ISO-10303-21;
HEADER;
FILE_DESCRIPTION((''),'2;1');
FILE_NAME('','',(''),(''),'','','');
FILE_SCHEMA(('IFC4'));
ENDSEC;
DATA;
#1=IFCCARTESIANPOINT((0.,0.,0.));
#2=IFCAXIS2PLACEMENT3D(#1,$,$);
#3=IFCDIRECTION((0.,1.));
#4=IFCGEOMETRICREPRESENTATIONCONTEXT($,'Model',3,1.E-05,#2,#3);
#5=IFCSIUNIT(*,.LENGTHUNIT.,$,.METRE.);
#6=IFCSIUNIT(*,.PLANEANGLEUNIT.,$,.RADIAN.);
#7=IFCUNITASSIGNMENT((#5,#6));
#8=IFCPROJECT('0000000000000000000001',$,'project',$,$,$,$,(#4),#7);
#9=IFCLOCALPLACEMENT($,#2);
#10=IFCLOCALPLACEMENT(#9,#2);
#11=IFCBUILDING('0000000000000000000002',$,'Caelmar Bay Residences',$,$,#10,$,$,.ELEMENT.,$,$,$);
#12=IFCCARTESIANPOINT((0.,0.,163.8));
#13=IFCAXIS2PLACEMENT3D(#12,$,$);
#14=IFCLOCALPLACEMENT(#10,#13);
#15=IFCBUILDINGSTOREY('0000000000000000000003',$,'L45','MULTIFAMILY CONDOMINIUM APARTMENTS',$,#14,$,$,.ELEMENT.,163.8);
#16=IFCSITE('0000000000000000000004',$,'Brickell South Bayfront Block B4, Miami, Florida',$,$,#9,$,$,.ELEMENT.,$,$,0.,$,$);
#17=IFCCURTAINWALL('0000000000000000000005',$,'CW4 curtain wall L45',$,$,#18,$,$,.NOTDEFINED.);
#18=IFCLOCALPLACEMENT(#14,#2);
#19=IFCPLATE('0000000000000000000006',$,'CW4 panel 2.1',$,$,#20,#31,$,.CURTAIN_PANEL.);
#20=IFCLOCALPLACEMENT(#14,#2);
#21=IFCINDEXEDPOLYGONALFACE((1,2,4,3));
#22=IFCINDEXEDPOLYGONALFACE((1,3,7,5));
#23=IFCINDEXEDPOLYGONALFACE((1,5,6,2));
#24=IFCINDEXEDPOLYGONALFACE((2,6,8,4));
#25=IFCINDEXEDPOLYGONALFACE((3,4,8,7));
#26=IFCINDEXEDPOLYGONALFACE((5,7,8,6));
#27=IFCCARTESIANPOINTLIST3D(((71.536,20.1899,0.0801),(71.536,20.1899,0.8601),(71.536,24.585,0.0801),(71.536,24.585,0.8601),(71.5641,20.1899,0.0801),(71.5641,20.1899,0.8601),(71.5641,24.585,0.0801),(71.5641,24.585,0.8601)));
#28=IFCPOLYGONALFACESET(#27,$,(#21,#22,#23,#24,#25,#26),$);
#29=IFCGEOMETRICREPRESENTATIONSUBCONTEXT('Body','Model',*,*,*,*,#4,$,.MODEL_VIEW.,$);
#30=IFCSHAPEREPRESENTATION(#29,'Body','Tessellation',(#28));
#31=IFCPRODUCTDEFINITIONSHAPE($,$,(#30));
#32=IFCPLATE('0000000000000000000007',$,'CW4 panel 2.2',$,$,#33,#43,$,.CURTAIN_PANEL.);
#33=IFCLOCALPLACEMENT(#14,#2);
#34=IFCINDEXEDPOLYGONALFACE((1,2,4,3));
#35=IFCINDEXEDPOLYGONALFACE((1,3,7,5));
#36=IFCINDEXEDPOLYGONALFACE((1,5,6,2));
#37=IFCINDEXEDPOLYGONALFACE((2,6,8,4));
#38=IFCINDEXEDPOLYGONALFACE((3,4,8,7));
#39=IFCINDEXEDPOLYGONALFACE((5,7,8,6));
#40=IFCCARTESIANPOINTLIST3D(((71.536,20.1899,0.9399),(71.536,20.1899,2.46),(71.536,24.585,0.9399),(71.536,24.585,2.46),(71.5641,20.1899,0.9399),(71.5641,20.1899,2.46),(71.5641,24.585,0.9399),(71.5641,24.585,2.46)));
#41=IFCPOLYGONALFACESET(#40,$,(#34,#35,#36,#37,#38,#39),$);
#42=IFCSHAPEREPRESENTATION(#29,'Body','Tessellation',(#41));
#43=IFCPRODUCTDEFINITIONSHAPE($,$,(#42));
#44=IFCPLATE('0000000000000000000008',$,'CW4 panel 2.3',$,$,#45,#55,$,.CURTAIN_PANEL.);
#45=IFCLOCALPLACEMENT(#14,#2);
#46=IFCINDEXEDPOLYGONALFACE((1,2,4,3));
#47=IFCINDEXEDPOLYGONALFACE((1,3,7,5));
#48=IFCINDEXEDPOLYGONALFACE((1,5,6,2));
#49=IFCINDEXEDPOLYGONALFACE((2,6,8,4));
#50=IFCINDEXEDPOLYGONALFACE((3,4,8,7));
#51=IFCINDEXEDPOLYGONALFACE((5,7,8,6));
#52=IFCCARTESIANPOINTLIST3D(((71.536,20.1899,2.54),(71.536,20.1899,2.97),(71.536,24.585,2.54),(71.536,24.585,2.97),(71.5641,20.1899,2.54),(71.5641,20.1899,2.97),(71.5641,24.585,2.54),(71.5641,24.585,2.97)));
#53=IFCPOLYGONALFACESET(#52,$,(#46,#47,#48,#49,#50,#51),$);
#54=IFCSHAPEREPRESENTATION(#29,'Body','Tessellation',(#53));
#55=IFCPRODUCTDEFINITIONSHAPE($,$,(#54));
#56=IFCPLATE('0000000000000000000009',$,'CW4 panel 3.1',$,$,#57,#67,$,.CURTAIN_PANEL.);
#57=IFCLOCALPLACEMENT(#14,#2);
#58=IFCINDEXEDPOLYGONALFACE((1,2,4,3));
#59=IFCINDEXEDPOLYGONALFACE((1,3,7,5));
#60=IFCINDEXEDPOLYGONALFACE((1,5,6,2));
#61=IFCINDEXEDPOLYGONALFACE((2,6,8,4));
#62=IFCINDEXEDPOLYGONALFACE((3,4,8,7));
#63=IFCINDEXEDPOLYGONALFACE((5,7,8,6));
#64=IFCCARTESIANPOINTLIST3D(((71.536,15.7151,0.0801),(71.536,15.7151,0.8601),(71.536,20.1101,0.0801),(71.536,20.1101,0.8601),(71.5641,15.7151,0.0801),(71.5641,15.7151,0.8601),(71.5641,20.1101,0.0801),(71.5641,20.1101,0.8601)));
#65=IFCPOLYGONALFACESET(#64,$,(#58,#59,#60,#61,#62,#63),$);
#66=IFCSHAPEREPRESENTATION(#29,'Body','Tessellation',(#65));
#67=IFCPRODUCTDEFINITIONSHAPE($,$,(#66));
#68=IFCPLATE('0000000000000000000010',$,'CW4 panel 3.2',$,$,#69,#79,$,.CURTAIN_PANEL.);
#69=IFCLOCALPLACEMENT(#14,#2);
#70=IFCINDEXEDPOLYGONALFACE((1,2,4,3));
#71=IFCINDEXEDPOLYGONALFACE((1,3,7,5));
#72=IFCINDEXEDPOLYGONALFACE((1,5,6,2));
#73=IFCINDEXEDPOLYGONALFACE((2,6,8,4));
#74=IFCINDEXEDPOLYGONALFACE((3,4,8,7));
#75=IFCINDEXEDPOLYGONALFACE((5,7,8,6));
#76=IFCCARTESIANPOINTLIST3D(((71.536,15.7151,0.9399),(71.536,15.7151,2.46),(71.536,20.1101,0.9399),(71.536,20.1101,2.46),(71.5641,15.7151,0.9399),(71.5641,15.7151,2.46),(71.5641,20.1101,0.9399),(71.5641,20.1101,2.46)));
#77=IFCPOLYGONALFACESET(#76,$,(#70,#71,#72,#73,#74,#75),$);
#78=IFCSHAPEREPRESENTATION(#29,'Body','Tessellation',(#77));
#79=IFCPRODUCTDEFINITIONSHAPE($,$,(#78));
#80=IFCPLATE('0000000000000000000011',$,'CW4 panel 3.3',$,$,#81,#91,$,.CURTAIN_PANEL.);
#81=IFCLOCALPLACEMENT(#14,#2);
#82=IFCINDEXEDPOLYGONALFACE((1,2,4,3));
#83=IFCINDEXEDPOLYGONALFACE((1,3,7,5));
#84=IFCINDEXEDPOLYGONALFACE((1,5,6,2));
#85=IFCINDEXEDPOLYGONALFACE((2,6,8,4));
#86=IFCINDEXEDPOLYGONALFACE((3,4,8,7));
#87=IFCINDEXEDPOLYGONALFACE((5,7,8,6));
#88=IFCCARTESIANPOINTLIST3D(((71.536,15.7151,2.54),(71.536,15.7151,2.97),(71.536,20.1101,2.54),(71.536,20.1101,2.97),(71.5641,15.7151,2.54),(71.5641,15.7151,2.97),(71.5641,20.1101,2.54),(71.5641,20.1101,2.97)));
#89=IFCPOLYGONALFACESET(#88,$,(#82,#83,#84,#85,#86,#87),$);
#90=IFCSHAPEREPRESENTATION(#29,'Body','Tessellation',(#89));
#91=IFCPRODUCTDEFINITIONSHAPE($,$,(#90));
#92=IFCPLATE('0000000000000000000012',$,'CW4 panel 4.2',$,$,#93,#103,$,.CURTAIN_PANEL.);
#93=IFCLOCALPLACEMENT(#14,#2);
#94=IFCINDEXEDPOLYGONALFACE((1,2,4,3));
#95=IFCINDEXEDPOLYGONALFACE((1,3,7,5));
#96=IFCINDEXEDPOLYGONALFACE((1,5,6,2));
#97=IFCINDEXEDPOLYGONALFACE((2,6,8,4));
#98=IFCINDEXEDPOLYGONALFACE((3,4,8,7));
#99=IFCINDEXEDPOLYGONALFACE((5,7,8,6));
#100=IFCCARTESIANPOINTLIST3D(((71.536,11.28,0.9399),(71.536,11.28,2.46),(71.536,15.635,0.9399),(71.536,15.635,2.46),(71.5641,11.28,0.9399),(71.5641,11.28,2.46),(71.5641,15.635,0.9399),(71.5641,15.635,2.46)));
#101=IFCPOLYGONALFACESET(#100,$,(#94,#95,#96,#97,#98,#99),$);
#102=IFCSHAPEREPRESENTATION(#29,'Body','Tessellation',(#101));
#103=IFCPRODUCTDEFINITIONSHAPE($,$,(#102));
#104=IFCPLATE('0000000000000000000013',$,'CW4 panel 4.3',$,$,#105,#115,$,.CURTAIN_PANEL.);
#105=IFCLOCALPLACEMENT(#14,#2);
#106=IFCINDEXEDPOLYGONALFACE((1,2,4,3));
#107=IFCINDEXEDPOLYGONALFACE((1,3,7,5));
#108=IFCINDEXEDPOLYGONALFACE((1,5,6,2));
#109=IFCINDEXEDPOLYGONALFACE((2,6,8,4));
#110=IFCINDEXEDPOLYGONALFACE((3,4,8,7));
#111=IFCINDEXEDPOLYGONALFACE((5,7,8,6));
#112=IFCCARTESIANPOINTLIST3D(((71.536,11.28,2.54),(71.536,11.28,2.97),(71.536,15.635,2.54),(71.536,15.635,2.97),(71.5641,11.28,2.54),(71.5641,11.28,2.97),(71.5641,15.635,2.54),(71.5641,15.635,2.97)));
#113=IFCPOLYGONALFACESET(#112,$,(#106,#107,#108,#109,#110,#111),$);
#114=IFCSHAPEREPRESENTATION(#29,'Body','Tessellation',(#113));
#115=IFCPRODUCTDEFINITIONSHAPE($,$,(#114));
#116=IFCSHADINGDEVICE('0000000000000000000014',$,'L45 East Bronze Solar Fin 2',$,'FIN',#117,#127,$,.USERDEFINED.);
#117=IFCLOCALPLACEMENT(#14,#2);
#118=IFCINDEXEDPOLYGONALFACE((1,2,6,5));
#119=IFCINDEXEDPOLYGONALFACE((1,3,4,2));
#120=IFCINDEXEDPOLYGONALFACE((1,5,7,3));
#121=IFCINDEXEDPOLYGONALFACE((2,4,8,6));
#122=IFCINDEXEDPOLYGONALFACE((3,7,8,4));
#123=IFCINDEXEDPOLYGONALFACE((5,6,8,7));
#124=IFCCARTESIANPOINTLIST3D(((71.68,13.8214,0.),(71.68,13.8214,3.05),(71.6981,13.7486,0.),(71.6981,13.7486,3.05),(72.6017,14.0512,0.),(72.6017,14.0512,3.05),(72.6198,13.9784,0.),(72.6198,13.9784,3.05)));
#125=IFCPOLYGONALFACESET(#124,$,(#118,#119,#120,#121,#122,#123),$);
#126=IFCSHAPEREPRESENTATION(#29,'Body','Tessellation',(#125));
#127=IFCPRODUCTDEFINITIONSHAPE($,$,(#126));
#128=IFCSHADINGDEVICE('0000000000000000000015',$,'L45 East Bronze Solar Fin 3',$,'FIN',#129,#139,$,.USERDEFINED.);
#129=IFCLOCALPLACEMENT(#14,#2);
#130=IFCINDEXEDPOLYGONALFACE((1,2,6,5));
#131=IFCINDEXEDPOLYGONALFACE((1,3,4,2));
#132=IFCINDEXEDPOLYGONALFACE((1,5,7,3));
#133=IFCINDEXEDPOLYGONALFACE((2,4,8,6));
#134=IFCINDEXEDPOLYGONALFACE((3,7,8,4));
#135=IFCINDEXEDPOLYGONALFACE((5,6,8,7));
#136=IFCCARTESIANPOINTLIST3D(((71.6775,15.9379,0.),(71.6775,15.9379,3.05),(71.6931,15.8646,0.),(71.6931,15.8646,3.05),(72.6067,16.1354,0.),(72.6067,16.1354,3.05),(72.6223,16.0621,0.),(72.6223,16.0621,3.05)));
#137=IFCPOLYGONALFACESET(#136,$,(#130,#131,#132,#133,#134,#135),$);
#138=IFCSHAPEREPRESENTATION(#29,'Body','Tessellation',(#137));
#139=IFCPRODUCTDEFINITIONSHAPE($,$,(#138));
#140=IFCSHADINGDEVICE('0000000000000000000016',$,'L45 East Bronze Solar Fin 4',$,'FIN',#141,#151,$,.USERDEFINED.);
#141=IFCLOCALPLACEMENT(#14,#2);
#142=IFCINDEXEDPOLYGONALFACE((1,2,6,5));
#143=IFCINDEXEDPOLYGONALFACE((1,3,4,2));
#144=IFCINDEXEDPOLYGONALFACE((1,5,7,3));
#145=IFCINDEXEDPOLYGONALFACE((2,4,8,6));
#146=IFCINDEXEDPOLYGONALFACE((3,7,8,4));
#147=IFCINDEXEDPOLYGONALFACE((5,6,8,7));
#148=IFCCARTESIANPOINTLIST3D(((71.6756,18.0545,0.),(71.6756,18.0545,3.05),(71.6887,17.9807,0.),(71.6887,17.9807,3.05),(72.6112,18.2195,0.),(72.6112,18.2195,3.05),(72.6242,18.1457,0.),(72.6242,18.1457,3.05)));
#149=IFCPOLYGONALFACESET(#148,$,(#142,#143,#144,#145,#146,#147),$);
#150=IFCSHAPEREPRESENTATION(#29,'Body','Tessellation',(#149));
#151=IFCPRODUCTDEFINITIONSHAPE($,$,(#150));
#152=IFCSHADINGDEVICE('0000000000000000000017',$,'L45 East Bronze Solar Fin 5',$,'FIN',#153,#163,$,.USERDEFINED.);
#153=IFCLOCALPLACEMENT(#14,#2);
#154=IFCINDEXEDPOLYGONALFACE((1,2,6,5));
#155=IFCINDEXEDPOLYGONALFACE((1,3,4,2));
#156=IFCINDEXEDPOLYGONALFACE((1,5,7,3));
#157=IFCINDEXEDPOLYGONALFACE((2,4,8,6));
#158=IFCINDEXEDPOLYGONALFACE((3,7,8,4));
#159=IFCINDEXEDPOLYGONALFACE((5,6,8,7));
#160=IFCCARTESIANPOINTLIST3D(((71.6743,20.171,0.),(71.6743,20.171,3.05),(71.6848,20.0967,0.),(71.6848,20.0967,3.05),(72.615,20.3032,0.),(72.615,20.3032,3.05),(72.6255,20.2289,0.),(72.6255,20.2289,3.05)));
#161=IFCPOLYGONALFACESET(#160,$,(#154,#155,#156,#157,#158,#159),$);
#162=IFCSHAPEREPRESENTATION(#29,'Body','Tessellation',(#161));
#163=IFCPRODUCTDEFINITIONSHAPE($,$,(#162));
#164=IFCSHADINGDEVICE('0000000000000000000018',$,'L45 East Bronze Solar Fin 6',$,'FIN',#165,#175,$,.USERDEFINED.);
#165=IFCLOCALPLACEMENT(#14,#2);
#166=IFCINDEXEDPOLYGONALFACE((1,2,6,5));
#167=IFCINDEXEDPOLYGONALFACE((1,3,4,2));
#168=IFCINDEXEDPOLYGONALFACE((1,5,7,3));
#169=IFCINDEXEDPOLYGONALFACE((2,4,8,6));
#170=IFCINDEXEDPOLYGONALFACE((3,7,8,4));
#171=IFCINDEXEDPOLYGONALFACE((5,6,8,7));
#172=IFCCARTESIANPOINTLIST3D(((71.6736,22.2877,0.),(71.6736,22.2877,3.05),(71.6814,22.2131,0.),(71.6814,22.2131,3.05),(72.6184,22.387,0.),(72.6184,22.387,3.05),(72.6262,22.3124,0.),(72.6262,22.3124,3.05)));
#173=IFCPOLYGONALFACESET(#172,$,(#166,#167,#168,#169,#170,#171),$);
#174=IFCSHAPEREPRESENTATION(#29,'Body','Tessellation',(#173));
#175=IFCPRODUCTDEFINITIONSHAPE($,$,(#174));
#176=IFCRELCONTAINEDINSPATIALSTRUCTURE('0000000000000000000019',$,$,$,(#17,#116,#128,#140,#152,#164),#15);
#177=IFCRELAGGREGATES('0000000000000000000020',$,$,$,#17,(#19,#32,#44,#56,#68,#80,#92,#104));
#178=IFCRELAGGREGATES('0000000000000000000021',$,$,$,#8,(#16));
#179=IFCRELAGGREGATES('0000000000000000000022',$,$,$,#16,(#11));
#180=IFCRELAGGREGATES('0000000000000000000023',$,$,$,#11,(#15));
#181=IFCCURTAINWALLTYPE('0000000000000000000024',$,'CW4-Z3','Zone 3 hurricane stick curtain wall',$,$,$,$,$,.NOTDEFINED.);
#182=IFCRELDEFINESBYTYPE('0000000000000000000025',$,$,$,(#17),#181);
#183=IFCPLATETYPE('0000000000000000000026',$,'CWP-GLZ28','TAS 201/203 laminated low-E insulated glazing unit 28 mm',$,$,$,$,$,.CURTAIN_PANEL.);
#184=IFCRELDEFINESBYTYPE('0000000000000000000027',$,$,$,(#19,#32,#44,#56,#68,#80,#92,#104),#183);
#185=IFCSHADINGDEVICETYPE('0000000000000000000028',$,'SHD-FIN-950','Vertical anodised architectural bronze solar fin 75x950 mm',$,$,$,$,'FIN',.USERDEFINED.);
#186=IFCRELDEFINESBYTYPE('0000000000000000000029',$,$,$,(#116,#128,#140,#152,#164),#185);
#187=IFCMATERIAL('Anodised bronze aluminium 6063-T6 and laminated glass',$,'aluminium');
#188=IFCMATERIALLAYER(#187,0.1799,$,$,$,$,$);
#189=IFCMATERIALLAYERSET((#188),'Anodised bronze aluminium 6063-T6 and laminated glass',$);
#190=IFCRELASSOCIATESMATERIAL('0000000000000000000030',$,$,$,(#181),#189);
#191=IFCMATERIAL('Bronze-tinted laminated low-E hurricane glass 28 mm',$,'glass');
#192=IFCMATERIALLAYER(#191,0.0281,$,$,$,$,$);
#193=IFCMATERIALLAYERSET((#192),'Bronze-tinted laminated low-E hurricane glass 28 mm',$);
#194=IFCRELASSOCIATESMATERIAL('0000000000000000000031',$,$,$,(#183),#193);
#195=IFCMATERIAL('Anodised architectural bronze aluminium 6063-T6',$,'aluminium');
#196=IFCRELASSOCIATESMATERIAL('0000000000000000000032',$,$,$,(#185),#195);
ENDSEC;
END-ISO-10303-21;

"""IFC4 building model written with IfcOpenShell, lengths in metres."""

from ifc_helpers import new_model, si_unit, direction, frame, origin, origin_2d, place, context, subcontext, project, spatial, rectangle, extrude, material, layer, layer_set, material_profile, profile_set, type_object, element, aggregate, save


model = new_model("IFC4")

# Units and contexts
model_context = context("Model", 3, precision=1e-05, world=origin(), true_north=direction((0.0, 1.0)))
body_context = subcontext(model_context, "Body", "Model", "MODEL_VIEW")
ifc_project = project(units=[si_unit("LENGTHUNIT", "METRE"), si_unit("PLANEANGLEUNIT", "RADIAN")], contexts=[model_context])

# Site, building, storey
site_placement = place(None, origin())
site = spatial("IfcSite", under=ifc_project, at=site_placement, Name="Brickell South Bayfront Block B4, Miami, Florida", CompositionType="ELEMENT", RefElevation=0.0)
building_placement = place(site_placement, origin())
building = spatial("IfcBuilding", under=site, at=building_placement, Name="Caelmar Bay Residences", CompositionType="ELEMENT")
storey_placement = place(building_placement, frame((0.0, 0.0, 163.8)))
storey = spatial("IfcBuildingStorey", under=building, at=storey_placement, Name="L45", Description="MULTIFAMILY CONDOMINIUM APARTMENTS", CompositionType="ELEMENT", Elevation=163.8)

# Curtain wall, plates
ifc_material_1 = material(Name="Anodised bronze aluminium 6063-T6 and laminated glass", Category="aluminium")
ifc_layer_1 = layer(ifc_material_1, 0.1799)
ifc_layer_set_1 = layer_set([ifc_layer_1], Name="Anodised bronze aluminium 6063-T6 and laminated glass")
curtain_wall_type = type_object("IfcCurtainWallType", Name="CW4-Z3", Description="Zone 3 hurricane stick curtain wall", PredefinedType="NOTDEFINED", material=ifc_layer_set_1)
curtain_wall_placement = place(storey_placement, origin())
curtain_wall = element("IfcCurtainWall", 1, at=curtain_wall_placement, inside=storey, type_object=curtain_wall_type, Name="CW4 curtain wall L45", PredefinedType="NOTDEFINED")
ifc_material_2 = material(Name="Bronze-tinted laminated low-E hurricane glass 28 mm", Category="glass")
ifc_layer_2 = layer(ifc_material_2, 0.0281)
ifc_layer_set_2 = layer_set([ifc_layer_2], Name="Bronze-tinted laminated low-E hurricane glass 28 mm")
plate_type = type_object("IfcPlateType", Name="CWP-GLZ28", Description="TAS 201/203 laminated low-E insulated glazing unit 28 mm", PredefinedType="CURTAIN_PANEL", material=ifc_layer_set_2)
plate_1_placement = place(storey_placement, frame((71.55, 22.3875, 0.0801), z_axis=(0.0, 0.0, 1.0), x_axis=(0.0, -1.0, 0.0)))
plate_1 = element("IfcPlate", 2, at=plate_1_placement, type_object=plate_type, Name="CW4 panel 2.1", PredefinedType="CURTAIN_PANEL", context=body_context, shape_type="SweptSolid", body=[
    extrude(rectangle(XDim=4.395, YDim=0.0281, at=origin_2d()), origin(), (0.0, 0.0, 1.0), 0.78),
])
plate_2_placement = place(storey_placement, frame((71.55, 22.3875, 0.9399), z_axis=(0.0, 0.0, 1.0), x_axis=(0.0, -1.0, 0.0)))
plate_2 = element("IfcPlate", 3, at=plate_2_placement, type_object=plate_type, Name="CW4 panel 2.2", PredefinedType="CURTAIN_PANEL", context=body_context, shape_type="SweptSolid", body=[
    extrude(rectangle(XDim=4.395, YDim=0.0281, at=origin_2d()), origin(), (0.0, 0.0, 1.0), 1.52),
])
plate_3_placement = place(storey_placement, frame((71.55, 22.3875, 2.54), z_axis=(0.0, 0.0, 1.0), x_axis=(0.0, -1.0, 0.0)))
plate_3 = element("IfcPlate", 4, at=plate_3_placement, type_object=plate_type, Name="CW4 panel 2.3", PredefinedType="CURTAIN_PANEL", context=body_context, shape_type="SweptSolid", body=[
    extrude(rectangle(XDim=4.395, YDim=0.0281, at=origin_2d()), origin(), (0.0, 0.0, 1.0), 0.4299),
])
plate_4_placement = place(storey_placement, frame((71.55, 17.9126, 0.0801), z_axis=(0.0, 0.0, 1.0), x_axis=(0.0, -1.0, 0.0)))
plate_4 = element("IfcPlate", 5, at=plate_4_placement, type_object=plate_type, Name="CW4 panel 3.1", PredefinedType="CURTAIN_PANEL", context=body_context, shape_type="SweptSolid", body=[
    extrude(rectangle(XDim=4.395, YDim=0.0281, at=origin_2d()), origin(), (0.0, 0.0, 1.0), 0.78),
])
plate_5_placement = place(storey_placement, frame((71.55, 17.9126, 0.9399), z_axis=(0.0, 0.0, 1.0), x_axis=(0.0, -1.0, 0.0)))
plate_5 = element("IfcPlate", 6, at=plate_5_placement, type_object=plate_type, Name="CW4 panel 3.2", PredefinedType="CURTAIN_PANEL", context=body_context, shape_type="SweptSolid", body=[
    extrude(rectangle(XDim=4.395, YDim=0.0281, at=origin_2d()), origin(), (0.0, 0.0, 1.0), 1.52),
])
plate_6_placement = place(storey_placement, frame((71.55, 17.9126, 2.54), z_axis=(0.0, 0.0, 1.0), x_axis=(0.0, -1.0, 0.0)))
plate_6 = element("IfcPlate", 7, at=plate_6_placement, type_object=plate_type, Name="CW4 panel 3.3", PredefinedType="CURTAIN_PANEL", context=body_context, shape_type="SweptSolid", body=[
    extrude(rectangle(XDim=4.395, YDim=0.0281, at=origin_2d()), origin(), (0.0, 0.0, 1.0), 0.4299),
])
plate_7_placement = place(storey_placement, frame((71.55, 13.4575, 0.9399), z_axis=(0.0, 0.0, 1.0), x_axis=(0.0, -1.0, 0.0)))
plate_7 = element("IfcPlate", 8, at=plate_7_placement, type_object=plate_type, Name="CW4 panel 4.2", PredefinedType="CURTAIN_PANEL", context=body_context, shape_type="SweptSolid", body=[
    extrude(rectangle(XDim=4.355, YDim=0.0281, at=origin_2d()), origin(), (0.0, 0.0, 1.0), 1.52),
])
plate_8_placement = place(storey_placement, frame((71.55, 13.4575, 2.54), z_axis=(0.0, 0.0, 1.0), x_axis=(0.0, -1.0, 0.0)))
plate_8 = element("IfcPlate", 9, at=plate_8_placement, type_object=plate_type, Name="CW4 panel 4.3", PredefinedType="CURTAIN_PANEL", context=body_context, shape_type="SweptSolid", body=[
    extrude(rectangle(XDim=4.355, YDim=0.0281, at=origin_2d()), origin(), (0.0, 0.0, 1.0), 0.4299),
])
aggregate(curtain_wall, [plate_1, plate_2, plate_3, plate_4, plate_5, plate_6, plate_7, plate_8])

# Shading devices
ifc_material_3 = material(Name="Anodised architectural bronze aluminium 6063-T6", Category="aluminium")
ifc_material_profile_1 = material_profile(ifc_material_3, rectangle(XDim=0.075, YDim=0.95, at=origin_2d()), Name="BRONZE-FIN-75X950")
ifc_profile_set_1 = profile_set([ifc_material_profile_1], Name="Anodised architectural bronze aluminium 6063-T6")
shading_device_type = type_object("IfcShadingDeviceType", Name="SHD-FIN-950", Description="Vertical anodised architectural bronze solar fin 75x950 mm", ElementType="FIN", PredefinedType="USERDEFINED", material=ifc_profile_set_1)
for number, where, z_axis, x_axis, name in (
    (10, (72.1499, 13.8999, 0.0), (0.0, 0.0, 1.0), (-0.241922, 0.970296, 0.0), "L45 East Bronze Solar Fin 2"),
    (11, (72.1499, 16.0, 0.0), (0.0, 0.0, 1.0), (-0.207912, 0.978148, 0.0), "L45 East Bronze Solar Fin 3"),
    (12, (72.1499, 18.1001, 0.0), (0.0, 0.0, 1.0), (-0.173648, 0.984808, 0.0), "L45 East Bronze Solar Fin 4"),
    (13, (72.1499, 20.2, 0.0), (0.0, 0.0, 1.0), (-0.139173, 0.990268, 0.0), "L45 East Bronze Solar Fin 5"),
    (14, (72.1499, 22.3, 0.0), (0.0, 0.0, 1.0), (-0.104528, 0.994522, 0.0), "L45 East Bronze Solar Fin 6"),
):
    element("IfcShadingDevice", number, at=place(storey_placement, frame(where, z_axis=z_axis, x_axis=x_axis)), inside=storey, type_object=shading_device_type, Name=name, ObjectType="FIN", PredefinedType="USERDEFINED", context=body_context, shape_type="SweptSolid", body=[
        extrude(rectangle(XDim=0.075, YDim=0.95, at=origin_2d()), origin(), (0.0, 0.0, 1.0), 3.05),
    ])

save(model, "model.ifc")
